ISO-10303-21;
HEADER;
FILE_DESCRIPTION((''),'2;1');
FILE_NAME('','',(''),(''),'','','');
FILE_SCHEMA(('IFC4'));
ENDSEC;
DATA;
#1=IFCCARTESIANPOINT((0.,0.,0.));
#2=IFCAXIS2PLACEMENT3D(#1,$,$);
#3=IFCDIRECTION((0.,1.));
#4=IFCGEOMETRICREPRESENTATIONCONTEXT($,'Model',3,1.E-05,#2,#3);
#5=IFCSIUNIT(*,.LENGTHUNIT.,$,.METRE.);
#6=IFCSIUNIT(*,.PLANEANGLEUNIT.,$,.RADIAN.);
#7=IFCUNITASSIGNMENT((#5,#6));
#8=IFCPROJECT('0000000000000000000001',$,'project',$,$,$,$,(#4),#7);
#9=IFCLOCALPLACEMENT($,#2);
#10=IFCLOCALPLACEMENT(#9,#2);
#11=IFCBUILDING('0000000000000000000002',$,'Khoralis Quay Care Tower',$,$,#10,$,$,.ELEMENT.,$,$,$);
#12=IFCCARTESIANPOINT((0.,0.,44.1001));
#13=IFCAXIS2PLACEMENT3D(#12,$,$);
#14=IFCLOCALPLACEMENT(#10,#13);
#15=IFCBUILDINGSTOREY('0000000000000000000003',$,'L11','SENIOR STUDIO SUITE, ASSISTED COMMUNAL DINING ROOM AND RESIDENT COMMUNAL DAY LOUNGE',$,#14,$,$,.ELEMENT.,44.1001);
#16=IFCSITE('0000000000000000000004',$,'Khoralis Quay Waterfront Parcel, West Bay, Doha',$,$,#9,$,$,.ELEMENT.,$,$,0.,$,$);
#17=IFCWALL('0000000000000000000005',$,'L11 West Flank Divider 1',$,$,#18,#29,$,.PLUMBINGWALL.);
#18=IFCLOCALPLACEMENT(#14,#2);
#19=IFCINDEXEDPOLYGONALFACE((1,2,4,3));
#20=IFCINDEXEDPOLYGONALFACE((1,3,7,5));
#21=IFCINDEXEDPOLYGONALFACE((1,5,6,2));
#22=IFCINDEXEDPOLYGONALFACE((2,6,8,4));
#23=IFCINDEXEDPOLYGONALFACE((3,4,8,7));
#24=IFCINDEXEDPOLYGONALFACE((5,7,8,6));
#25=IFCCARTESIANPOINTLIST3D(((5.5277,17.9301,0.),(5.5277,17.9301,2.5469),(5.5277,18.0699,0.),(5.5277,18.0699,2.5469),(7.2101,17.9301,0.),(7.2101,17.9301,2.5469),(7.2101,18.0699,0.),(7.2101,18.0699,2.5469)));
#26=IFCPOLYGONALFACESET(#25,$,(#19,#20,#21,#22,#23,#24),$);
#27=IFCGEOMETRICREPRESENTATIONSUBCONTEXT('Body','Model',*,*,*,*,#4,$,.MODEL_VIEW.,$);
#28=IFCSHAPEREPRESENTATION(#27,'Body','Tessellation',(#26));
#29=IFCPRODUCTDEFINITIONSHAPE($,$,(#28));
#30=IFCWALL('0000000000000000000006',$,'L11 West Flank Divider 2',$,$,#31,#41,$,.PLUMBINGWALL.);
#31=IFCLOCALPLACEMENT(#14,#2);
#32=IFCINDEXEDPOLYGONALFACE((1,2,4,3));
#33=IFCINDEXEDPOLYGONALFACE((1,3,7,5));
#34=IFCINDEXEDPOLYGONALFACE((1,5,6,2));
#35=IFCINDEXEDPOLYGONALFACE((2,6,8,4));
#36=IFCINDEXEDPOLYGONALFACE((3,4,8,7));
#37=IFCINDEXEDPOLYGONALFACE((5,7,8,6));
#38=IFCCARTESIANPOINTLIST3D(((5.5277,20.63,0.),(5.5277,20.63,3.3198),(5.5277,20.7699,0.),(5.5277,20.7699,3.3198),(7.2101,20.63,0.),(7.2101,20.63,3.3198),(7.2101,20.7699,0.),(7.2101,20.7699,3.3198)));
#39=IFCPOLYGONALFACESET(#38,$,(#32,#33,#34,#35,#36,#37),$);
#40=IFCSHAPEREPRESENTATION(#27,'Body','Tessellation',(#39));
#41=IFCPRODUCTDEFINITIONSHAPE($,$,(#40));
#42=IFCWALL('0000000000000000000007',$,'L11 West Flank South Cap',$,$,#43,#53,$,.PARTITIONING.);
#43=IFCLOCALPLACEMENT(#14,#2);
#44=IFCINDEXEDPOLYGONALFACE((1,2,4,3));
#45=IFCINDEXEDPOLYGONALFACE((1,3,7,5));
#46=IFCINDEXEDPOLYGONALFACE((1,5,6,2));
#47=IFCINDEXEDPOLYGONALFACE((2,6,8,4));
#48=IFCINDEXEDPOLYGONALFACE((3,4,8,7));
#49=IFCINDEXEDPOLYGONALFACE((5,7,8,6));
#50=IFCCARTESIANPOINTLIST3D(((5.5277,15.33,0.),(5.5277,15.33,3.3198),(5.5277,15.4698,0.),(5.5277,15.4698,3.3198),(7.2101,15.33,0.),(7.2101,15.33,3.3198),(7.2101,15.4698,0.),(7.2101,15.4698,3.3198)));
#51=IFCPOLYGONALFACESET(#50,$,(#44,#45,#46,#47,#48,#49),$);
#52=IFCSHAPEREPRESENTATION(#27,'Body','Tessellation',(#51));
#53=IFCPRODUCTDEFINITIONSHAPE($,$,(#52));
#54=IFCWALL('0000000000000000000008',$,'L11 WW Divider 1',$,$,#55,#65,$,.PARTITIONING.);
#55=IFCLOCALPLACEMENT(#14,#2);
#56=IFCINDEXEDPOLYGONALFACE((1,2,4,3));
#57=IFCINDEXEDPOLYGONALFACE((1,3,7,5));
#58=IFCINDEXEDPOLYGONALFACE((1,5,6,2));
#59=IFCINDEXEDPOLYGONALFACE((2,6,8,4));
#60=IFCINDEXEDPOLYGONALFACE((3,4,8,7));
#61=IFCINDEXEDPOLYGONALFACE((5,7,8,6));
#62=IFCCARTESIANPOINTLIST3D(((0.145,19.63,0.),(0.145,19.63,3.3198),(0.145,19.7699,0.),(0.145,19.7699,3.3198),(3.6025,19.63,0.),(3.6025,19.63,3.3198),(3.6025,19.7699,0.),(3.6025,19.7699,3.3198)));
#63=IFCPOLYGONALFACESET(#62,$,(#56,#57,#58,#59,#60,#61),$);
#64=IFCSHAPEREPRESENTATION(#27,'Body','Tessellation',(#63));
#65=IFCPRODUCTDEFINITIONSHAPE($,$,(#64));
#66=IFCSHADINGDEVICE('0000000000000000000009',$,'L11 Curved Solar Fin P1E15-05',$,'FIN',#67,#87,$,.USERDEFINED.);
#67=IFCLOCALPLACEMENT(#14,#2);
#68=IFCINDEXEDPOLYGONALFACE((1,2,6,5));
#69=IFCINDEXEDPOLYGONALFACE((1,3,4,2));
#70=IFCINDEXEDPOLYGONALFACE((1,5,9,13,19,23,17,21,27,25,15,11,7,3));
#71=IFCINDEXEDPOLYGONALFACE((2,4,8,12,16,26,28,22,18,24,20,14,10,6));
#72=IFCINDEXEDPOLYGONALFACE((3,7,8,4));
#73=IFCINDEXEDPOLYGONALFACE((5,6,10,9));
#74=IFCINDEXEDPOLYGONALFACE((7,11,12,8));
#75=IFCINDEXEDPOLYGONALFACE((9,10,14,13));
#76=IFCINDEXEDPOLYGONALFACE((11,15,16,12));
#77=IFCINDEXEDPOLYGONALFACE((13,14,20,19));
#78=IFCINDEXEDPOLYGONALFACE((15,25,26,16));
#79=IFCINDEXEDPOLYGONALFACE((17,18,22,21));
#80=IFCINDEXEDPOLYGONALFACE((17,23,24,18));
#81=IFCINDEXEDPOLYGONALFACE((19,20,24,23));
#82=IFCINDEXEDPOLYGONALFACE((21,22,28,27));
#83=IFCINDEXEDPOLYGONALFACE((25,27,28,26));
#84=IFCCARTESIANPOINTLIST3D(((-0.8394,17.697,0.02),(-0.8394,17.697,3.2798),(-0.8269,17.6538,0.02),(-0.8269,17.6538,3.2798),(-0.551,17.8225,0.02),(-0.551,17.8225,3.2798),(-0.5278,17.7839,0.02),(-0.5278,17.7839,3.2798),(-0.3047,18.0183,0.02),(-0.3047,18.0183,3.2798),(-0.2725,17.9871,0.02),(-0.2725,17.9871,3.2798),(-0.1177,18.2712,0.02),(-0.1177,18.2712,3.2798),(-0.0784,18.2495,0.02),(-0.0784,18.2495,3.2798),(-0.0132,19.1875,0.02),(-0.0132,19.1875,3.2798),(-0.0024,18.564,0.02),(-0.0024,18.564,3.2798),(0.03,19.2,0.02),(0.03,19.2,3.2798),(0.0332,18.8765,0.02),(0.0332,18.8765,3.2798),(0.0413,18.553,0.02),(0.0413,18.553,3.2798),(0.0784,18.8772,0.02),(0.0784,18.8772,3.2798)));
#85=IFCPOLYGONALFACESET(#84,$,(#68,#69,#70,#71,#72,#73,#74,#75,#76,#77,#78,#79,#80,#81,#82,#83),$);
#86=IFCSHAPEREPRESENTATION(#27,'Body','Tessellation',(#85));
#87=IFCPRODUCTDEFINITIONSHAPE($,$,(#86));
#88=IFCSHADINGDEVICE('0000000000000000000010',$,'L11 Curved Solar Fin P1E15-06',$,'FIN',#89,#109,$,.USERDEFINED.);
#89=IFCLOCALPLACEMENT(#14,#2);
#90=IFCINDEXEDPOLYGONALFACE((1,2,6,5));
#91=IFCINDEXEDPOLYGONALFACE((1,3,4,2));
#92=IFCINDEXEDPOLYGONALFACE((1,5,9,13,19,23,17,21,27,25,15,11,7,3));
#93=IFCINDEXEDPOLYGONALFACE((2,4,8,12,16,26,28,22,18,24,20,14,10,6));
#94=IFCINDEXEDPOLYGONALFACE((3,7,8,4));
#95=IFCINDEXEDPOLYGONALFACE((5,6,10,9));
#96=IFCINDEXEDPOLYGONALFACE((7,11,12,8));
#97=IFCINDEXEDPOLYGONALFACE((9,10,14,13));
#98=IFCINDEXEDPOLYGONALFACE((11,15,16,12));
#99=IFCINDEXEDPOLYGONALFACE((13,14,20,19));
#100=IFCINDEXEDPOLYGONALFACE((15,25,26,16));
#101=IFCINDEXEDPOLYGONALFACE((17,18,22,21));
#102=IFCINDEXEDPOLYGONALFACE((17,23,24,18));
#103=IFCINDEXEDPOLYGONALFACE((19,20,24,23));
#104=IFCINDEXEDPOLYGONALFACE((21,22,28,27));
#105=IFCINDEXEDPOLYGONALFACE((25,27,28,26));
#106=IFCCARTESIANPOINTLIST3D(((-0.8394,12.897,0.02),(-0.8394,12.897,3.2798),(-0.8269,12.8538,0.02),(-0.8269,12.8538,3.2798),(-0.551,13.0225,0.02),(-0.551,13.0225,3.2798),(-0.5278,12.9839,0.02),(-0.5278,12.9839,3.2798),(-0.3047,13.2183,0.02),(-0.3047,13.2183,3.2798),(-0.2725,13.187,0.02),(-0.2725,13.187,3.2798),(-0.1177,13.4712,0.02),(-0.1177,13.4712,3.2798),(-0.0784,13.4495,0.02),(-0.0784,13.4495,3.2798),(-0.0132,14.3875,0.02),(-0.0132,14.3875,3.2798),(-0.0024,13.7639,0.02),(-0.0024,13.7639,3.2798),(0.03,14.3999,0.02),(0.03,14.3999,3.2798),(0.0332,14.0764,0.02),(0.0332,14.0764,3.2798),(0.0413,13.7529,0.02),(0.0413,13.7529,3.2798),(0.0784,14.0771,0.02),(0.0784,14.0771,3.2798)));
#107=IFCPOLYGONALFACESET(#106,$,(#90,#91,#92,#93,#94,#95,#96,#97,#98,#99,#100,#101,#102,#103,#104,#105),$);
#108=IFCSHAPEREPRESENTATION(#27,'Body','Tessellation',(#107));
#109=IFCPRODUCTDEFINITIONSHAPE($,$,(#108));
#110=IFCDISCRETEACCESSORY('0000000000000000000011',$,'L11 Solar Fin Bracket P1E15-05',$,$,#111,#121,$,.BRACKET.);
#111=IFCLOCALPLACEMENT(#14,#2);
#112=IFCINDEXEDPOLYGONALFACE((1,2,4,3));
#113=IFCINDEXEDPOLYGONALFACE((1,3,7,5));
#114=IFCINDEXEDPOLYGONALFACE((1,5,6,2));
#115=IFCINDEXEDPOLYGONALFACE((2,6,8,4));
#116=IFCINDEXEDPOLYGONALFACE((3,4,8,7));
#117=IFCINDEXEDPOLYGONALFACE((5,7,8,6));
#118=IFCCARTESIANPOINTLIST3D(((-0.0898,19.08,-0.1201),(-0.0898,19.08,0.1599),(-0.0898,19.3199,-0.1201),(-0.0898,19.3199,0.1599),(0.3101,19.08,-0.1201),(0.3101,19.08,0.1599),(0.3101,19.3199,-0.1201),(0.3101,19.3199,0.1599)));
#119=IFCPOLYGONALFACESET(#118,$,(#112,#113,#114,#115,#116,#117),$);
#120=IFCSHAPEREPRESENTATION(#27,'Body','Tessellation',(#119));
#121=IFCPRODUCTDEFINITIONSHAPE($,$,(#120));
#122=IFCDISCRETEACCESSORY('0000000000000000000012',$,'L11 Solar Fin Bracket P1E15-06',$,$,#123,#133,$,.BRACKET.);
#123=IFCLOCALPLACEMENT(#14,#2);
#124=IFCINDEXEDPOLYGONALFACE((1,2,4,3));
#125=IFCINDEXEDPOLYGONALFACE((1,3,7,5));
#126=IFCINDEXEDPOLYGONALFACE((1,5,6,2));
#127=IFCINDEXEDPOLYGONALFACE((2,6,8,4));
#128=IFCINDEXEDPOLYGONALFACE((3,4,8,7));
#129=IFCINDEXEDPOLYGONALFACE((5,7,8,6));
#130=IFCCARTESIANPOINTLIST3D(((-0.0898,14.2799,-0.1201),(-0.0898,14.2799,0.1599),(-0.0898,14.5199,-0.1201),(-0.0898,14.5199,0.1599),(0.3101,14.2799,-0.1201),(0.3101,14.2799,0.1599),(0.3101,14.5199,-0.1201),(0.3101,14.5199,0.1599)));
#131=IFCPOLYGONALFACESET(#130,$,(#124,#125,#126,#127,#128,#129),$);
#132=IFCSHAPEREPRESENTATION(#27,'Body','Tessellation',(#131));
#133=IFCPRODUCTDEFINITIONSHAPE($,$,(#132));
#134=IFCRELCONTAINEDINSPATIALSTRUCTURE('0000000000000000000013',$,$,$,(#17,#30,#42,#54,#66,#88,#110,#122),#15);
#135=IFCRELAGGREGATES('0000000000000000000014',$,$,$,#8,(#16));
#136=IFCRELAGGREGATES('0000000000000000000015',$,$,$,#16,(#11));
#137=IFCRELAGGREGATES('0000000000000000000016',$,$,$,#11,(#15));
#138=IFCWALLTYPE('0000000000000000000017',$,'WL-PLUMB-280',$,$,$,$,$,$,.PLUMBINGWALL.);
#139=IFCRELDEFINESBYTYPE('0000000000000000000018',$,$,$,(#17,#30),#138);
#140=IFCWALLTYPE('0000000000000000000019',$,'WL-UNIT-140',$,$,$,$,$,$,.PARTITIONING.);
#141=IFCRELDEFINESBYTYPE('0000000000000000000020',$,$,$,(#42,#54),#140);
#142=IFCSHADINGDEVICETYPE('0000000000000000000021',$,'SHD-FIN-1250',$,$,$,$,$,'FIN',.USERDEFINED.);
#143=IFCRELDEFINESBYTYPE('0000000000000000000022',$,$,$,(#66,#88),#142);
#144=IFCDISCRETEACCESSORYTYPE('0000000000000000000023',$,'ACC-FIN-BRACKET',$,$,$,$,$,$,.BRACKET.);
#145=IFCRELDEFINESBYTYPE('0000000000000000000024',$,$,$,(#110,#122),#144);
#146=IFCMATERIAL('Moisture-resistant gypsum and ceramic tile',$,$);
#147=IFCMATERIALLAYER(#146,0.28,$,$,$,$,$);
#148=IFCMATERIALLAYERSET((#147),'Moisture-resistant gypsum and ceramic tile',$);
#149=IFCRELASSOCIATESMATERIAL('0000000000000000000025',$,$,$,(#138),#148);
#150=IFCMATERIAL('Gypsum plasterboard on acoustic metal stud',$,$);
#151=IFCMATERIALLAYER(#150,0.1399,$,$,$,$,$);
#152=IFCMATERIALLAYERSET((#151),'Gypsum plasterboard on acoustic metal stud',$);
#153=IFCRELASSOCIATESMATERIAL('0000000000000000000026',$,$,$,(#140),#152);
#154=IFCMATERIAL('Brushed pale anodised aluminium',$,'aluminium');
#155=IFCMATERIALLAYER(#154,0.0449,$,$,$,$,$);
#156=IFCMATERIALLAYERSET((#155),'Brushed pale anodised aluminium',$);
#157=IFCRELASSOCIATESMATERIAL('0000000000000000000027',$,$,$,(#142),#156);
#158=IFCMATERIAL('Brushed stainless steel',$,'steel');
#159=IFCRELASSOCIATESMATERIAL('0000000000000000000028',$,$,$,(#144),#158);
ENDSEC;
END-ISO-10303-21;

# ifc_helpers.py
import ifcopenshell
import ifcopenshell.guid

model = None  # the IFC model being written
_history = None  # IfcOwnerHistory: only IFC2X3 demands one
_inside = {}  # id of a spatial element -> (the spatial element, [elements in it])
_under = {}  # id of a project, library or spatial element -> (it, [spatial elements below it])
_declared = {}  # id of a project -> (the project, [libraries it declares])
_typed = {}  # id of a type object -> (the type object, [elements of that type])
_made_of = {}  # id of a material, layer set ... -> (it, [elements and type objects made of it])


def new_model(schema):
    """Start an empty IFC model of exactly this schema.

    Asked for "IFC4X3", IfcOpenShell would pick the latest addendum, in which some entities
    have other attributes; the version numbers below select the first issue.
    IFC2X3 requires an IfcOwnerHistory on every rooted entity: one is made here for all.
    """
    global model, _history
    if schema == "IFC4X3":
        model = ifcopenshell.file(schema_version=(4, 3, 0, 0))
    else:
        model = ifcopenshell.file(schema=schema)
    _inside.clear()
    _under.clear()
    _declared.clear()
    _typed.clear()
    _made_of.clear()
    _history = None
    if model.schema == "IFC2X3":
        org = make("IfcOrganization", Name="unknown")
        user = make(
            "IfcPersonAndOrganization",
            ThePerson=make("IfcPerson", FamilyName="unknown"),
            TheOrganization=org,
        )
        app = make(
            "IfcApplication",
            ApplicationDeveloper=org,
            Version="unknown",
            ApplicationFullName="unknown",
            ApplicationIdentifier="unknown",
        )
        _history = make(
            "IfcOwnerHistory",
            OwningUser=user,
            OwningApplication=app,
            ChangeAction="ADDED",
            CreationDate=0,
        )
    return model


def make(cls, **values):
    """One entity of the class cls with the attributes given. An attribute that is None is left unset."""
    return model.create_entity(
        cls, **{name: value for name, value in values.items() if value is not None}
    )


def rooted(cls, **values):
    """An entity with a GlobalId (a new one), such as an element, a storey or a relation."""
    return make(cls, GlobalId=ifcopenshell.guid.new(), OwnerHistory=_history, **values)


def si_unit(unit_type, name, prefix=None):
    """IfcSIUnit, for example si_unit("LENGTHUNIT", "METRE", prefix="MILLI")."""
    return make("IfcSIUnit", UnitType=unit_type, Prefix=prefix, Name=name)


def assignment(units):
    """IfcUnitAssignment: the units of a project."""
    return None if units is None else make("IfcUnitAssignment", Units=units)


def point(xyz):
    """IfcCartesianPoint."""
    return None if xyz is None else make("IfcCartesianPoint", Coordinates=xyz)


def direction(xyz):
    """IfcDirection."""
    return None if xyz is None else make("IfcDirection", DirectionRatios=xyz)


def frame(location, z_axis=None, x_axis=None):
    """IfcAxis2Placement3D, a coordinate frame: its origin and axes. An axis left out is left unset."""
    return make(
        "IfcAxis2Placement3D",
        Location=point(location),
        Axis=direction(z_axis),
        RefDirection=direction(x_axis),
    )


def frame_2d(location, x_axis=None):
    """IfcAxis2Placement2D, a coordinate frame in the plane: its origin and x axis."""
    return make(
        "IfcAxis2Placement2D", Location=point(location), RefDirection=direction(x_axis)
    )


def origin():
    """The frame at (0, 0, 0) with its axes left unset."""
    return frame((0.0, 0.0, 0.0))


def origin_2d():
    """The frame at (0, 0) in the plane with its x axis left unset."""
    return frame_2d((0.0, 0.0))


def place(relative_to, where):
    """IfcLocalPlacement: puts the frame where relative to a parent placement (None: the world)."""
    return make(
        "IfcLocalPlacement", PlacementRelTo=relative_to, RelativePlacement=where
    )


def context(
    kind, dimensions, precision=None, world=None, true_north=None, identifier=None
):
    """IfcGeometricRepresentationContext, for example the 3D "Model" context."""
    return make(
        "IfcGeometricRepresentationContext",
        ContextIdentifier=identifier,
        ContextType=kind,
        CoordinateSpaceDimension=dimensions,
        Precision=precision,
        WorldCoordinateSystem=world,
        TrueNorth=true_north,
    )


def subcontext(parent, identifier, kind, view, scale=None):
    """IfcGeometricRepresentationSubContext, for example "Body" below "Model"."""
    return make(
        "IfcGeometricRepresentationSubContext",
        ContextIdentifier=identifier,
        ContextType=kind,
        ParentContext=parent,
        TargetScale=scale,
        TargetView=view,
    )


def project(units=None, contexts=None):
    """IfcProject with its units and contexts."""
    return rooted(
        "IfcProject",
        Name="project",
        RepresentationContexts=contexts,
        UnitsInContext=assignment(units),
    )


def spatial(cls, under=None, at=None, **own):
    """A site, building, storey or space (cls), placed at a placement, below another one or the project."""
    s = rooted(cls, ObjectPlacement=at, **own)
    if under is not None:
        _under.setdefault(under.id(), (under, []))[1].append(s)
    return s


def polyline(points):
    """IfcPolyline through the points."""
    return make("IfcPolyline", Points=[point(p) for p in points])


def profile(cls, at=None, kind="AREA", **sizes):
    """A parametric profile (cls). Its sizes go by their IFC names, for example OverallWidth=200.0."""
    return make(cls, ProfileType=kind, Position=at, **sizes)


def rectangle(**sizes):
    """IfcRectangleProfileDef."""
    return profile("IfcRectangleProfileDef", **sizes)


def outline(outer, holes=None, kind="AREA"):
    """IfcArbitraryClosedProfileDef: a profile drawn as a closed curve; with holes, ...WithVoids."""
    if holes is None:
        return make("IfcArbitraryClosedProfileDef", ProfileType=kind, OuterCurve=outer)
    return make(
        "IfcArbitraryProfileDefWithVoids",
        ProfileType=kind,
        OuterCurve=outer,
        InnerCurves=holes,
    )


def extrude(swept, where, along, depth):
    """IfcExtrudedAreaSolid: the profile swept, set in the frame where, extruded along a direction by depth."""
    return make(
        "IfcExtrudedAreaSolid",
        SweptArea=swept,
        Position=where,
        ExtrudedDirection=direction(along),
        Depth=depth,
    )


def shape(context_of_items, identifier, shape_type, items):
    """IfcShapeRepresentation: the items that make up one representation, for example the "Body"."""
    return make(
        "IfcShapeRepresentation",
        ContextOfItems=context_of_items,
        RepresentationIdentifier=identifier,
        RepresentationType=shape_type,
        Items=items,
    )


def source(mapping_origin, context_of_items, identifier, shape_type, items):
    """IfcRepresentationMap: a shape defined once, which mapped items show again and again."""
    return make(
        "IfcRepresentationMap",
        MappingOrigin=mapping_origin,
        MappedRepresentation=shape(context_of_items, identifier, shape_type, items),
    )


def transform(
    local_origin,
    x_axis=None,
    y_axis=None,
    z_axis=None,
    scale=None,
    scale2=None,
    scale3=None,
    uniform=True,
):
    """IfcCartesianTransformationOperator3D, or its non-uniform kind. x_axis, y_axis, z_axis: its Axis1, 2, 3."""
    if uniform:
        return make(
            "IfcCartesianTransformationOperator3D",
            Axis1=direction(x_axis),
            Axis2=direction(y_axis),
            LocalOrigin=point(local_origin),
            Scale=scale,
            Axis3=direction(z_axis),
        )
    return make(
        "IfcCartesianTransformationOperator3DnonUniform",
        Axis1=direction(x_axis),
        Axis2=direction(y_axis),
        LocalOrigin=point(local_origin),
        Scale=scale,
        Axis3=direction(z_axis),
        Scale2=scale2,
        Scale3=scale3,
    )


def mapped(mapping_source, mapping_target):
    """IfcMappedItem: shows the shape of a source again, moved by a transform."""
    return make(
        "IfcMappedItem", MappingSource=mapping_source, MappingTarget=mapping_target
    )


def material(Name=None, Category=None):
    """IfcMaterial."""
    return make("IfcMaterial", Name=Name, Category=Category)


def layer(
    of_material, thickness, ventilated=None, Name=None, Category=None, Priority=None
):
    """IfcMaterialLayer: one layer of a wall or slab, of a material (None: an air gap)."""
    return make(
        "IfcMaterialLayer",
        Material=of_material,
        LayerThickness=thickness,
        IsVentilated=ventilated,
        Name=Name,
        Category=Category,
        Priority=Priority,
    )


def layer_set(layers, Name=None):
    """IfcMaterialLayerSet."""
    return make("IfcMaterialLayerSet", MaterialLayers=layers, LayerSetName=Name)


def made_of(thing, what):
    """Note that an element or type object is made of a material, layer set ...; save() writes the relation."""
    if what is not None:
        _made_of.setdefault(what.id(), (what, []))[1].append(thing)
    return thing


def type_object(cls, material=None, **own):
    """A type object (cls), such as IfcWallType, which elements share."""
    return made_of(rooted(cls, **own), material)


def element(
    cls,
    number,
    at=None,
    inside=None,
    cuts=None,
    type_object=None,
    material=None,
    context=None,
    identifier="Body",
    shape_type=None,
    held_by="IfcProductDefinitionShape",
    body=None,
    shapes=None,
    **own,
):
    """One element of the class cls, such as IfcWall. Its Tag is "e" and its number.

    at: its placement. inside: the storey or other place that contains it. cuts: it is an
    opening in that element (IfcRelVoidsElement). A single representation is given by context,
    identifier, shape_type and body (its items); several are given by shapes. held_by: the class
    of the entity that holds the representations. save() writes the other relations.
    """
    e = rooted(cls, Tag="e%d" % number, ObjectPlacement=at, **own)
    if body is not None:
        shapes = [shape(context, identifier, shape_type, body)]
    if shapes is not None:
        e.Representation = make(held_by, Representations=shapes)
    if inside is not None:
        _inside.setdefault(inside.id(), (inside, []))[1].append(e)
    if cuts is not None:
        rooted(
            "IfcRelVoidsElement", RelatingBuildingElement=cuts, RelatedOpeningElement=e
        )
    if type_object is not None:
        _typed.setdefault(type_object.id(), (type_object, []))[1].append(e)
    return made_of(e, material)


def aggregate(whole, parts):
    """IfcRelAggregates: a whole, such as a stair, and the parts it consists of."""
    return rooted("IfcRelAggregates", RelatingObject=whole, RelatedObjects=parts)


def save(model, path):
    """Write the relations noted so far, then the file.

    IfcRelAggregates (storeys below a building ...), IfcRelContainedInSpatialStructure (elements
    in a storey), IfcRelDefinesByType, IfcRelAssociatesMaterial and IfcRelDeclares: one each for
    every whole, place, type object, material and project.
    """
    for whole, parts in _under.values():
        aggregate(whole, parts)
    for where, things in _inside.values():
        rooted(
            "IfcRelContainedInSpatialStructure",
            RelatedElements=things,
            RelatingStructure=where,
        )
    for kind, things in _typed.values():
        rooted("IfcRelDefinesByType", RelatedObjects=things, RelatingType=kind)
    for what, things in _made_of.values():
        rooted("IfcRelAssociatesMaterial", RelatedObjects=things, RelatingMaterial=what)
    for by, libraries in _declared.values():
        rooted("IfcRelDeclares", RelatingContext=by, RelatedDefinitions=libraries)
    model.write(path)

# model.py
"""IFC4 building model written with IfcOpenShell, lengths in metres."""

from ifc_helpers import new_model, si_unit, direction, frame, frame_2d, origin, origin_2d, place, context, subcontext, project, spatial, polyline, rectangle, outline, extrude, source, transform, mapped, material, layer, layer_set, type_object, element, save


model = new_model("IFC4")

# Units and contexts
model_context = context("Model", 3, precision=1e-05, world=origin(), true_north=direction((0.0, 1.0)))
body_context = subcontext(model_context, "Body", "Model", "MODEL_VIEW")
ifc_project = project(units=[si_unit("LENGTHUNIT", "METRE"), si_unit("PLANEANGLEUNIT", "RADIAN")], contexts=[model_context])

# Site, building, storey
site_placement = place(None, origin())
site = spatial("IfcSite", under=ifc_project, at=site_placement, Name="Khoralis Quay Waterfront Parcel, West Bay, Doha", CompositionType="ELEMENT", RefElevation=0.0)
building_placement = place(site_placement, origin())
building = spatial("IfcBuilding", under=site, at=building_placement, Name="Khoralis Quay Care Tower", CompositionType="ELEMENT")
storey_placement = place(building_placement, frame((0.0, 0.0, 44.1001)))
storey = spatial("IfcBuildingStorey", under=building, at=storey_placement, Name="L11", Description="SENIOR STUDIO SUITE, ASSISTED COMMUNAL DINING ROOM AND RESIDENT COMMUNAL DAY LOUNGE", CompositionType="ELEMENT", Elevation=44.1001)

# Shared definitions
ifc_material_1 = material(Name="Gypsum plasterboard on acoustic metal stud")

# Walls
ifc_material_2 = material(Name="Moisture-resistant gypsum and ceramic tile")
ifc_layer_1 = layer(ifc_material_2, 0.28)
ifc_layer_set_1 = layer_set([ifc_layer_1], Name="Moisture-resistant gypsum and ceramic tile")
wall_type_1 = type_object("IfcWallType", Name="WL-PLUMB-280", PredefinedType="PLUMBINGWALL", material=ifc_layer_set_1)
wall_1_placement = place(storey_placement, frame((5.5276, 18.0, 0.0), z_axis=(0.0, 0.0, 1.0), x_axis=(1.0, 0.0, 0.0)))
element("IfcWall", 1, at=wall_1_placement, inside=storey, type_object=wall_type_1, Name="L11 West Flank Divider 1", PredefinedType="PLUMBINGWALL", context=body_context, shape_type="SweptSolid", body=[
    extrude(rectangle(XDim=1.6824, YDim=0.1399, at=frame_2d((0.8413, 0.0))), origin(), (0.0, 0.0, 1.0), 2.5469),
])
wall_2_placement = place(storey_placement, frame((5.5276, 20.7, 0.0), z_axis=(0.0, 0.0, 1.0), x_axis=(1.0, 0.0, 0.0)))
element("IfcWall", 2, at=wall_2_placement, inside=storey, type_object=wall_type_1, Name="L11 West Flank Divider 2", PredefinedType="PLUMBINGWALL", context=body_context, shape_type="SweptSolid", body=[
    extrude(rectangle(XDim=1.6824, YDim=0.1399, at=frame_2d((0.8413, 0.0))), origin(), (0.0, 0.0, 1.0), 3.3198),
])
ifc_layer_2 = layer(ifc_material_1, 0.1399)
ifc_layer_set_2 = layer_set([ifc_layer_2], Name="Gypsum plasterboard on acoustic metal stud")
wall_type_2 = type_object("IfcWallType", Name="WL-UNIT-140", PredefinedType="PARTITIONING", material=ifc_layer_set_2)
wall_3_placement = place(storey_placement, frame((5.5276, 15.3999, 0.0), z_axis=(0.0, 0.0, 1.0), x_axis=(1.0, 0.0, 0.0)))
element("IfcWall", 3, at=wall_3_placement, inside=storey, type_object=wall_type_2, Name="L11 West Flank South Cap", PredefinedType="PARTITIONING", context=body_context, shape_type="SweptSolid", body=[
    extrude(rectangle(XDim=1.6824, YDim=0.1399, at=frame_2d((0.8413, 0.0))), origin(), (0.0, 0.0, 1.0), 3.3198),
])
wall_4_placement = place(storey_placement, frame((0.145, 19.7, 0.0), z_axis=(0.0, 0.0, 1.0), x_axis=(1.0, 0.0, 0.0)))
element("IfcWall", 4, at=wall_4_placement, inside=storey, type_object=wall_type_2, Name="L11 WW Divider 1", PredefinedType="PARTITIONING", context=body_context, shape_type="SweptSolid", body=[
    extrude(rectangle(XDim=3.4575, YDim=0.1399, at=frame_2d((1.7288, 0.0))), origin(), (0.0, 0.0, 1.0), 3.3198),
])

# Shading devices
ifc_material_3 = material(Name="Brushed pale anodised aluminium", Category="aluminium")
ifc_layer_3 = layer(ifc_material_3, 0.0449)
ifc_layer_set_3 = layer_set([ifc_layer_3], Name="Brushed pale anodised aluminium")
shading_device_type = type_object("IfcShadingDeviceType", Name="SHD-FIN-1250", ElementType="FIN", PredefinedType="USERDEFINED", material=ifc_layer_set_3)
shared_shape_1 = source(origin(), body_context, "Body", "SweptSolid", [
    extrude(outline(polyline([(0.0, 0.0), (-0.0483, 0.3228), (-0.0112, 0.647), (0.1084, 0.9504), (0.3025, 1.2129), (0.5579, 1.416), (0.8569, 1.5461), (0.8694, 1.5029), (0.5811, 1.3774), (0.3347, 1.1816), (0.1477, 0.9287), (0.0325, 0.636), (-0.0032, 0.3235), (0.0432, 0.0125), (0.0, 0.0)])), origin(), (0.0, 0.0, 1.0), 3.2598),
])
for number, where, z_axis, x_axis, name in (
    (5, (0.03, 19.2, 0.02), (0.0, 0.0, 1.0), (-1.0, 0.0, 0.0), "L11 Curved Solar Fin P1E15-05"),
    (6, (0.03, 14.3999, 0.02), (0.0, 0.0, 1.0), (-1.0, 0.0, 0.0), "L11 Curved Solar Fin P1E15-06"),
):
    element("IfcShadingDevice", number, at=place(storey_placement, frame(where, z_axis=z_axis, x_axis=x_axis)), inside=storey, type_object=shading_device_type, Name=name, ObjectType="FIN", PredefinedType="USERDEFINED", context=body_context, shape_type="MappedRepresentation", body=[
        mapped(shared_shape_1, transform((0.0, 0.0, 0.0), scale=1.0)),
    ])

# Discrete accessories
ifc_material_4 = material(Name="Brushed stainless steel", Category="steel")
discrete_accessory_type = type_object("IfcDiscreteAccessoryType", Name="ACC-FIN-BRACKET", PredefinedType="BRACKET", material=ifc_material_4)
shared_shape_2 = source(origin(), body_context, "Body", "SweptSolid", [
    extrude(rectangle(XDim=0.3999, YDim=0.24, at=origin_2d()), origin(), (0.0, 0.0, 1.0), 0.28),
])
for number, where, z_axis, x_axis, name in (
    (7, (0.1101, 19.2, -0.1201), (0.0, 0.0, 1.0), (-1.0, 0.0, 0.0), "L11 Solar Fin Bracket P1E15-05"),
    (8, (0.1101, 14.3999, -0.1201), (0.0, 0.0, 1.0), (-1.0, 0.0, 0.0), "L11 Solar Fin Bracket P1E15-06"),
):
    element("IfcDiscreteAccessory", number, at=place(storey_placement, frame(where, z_axis=z_axis, x_axis=x_axis)), inside=storey, type_object=discrete_accessory_type, Name=name, PredefinedType="BRACKET", context=body_context, shape_type="MappedRepresentation", body=[
        mapped(shared_shape_2, transform((0.0, 0.0, 0.0), scale=1.0)),
    ])

save(model, "model.ifc")
